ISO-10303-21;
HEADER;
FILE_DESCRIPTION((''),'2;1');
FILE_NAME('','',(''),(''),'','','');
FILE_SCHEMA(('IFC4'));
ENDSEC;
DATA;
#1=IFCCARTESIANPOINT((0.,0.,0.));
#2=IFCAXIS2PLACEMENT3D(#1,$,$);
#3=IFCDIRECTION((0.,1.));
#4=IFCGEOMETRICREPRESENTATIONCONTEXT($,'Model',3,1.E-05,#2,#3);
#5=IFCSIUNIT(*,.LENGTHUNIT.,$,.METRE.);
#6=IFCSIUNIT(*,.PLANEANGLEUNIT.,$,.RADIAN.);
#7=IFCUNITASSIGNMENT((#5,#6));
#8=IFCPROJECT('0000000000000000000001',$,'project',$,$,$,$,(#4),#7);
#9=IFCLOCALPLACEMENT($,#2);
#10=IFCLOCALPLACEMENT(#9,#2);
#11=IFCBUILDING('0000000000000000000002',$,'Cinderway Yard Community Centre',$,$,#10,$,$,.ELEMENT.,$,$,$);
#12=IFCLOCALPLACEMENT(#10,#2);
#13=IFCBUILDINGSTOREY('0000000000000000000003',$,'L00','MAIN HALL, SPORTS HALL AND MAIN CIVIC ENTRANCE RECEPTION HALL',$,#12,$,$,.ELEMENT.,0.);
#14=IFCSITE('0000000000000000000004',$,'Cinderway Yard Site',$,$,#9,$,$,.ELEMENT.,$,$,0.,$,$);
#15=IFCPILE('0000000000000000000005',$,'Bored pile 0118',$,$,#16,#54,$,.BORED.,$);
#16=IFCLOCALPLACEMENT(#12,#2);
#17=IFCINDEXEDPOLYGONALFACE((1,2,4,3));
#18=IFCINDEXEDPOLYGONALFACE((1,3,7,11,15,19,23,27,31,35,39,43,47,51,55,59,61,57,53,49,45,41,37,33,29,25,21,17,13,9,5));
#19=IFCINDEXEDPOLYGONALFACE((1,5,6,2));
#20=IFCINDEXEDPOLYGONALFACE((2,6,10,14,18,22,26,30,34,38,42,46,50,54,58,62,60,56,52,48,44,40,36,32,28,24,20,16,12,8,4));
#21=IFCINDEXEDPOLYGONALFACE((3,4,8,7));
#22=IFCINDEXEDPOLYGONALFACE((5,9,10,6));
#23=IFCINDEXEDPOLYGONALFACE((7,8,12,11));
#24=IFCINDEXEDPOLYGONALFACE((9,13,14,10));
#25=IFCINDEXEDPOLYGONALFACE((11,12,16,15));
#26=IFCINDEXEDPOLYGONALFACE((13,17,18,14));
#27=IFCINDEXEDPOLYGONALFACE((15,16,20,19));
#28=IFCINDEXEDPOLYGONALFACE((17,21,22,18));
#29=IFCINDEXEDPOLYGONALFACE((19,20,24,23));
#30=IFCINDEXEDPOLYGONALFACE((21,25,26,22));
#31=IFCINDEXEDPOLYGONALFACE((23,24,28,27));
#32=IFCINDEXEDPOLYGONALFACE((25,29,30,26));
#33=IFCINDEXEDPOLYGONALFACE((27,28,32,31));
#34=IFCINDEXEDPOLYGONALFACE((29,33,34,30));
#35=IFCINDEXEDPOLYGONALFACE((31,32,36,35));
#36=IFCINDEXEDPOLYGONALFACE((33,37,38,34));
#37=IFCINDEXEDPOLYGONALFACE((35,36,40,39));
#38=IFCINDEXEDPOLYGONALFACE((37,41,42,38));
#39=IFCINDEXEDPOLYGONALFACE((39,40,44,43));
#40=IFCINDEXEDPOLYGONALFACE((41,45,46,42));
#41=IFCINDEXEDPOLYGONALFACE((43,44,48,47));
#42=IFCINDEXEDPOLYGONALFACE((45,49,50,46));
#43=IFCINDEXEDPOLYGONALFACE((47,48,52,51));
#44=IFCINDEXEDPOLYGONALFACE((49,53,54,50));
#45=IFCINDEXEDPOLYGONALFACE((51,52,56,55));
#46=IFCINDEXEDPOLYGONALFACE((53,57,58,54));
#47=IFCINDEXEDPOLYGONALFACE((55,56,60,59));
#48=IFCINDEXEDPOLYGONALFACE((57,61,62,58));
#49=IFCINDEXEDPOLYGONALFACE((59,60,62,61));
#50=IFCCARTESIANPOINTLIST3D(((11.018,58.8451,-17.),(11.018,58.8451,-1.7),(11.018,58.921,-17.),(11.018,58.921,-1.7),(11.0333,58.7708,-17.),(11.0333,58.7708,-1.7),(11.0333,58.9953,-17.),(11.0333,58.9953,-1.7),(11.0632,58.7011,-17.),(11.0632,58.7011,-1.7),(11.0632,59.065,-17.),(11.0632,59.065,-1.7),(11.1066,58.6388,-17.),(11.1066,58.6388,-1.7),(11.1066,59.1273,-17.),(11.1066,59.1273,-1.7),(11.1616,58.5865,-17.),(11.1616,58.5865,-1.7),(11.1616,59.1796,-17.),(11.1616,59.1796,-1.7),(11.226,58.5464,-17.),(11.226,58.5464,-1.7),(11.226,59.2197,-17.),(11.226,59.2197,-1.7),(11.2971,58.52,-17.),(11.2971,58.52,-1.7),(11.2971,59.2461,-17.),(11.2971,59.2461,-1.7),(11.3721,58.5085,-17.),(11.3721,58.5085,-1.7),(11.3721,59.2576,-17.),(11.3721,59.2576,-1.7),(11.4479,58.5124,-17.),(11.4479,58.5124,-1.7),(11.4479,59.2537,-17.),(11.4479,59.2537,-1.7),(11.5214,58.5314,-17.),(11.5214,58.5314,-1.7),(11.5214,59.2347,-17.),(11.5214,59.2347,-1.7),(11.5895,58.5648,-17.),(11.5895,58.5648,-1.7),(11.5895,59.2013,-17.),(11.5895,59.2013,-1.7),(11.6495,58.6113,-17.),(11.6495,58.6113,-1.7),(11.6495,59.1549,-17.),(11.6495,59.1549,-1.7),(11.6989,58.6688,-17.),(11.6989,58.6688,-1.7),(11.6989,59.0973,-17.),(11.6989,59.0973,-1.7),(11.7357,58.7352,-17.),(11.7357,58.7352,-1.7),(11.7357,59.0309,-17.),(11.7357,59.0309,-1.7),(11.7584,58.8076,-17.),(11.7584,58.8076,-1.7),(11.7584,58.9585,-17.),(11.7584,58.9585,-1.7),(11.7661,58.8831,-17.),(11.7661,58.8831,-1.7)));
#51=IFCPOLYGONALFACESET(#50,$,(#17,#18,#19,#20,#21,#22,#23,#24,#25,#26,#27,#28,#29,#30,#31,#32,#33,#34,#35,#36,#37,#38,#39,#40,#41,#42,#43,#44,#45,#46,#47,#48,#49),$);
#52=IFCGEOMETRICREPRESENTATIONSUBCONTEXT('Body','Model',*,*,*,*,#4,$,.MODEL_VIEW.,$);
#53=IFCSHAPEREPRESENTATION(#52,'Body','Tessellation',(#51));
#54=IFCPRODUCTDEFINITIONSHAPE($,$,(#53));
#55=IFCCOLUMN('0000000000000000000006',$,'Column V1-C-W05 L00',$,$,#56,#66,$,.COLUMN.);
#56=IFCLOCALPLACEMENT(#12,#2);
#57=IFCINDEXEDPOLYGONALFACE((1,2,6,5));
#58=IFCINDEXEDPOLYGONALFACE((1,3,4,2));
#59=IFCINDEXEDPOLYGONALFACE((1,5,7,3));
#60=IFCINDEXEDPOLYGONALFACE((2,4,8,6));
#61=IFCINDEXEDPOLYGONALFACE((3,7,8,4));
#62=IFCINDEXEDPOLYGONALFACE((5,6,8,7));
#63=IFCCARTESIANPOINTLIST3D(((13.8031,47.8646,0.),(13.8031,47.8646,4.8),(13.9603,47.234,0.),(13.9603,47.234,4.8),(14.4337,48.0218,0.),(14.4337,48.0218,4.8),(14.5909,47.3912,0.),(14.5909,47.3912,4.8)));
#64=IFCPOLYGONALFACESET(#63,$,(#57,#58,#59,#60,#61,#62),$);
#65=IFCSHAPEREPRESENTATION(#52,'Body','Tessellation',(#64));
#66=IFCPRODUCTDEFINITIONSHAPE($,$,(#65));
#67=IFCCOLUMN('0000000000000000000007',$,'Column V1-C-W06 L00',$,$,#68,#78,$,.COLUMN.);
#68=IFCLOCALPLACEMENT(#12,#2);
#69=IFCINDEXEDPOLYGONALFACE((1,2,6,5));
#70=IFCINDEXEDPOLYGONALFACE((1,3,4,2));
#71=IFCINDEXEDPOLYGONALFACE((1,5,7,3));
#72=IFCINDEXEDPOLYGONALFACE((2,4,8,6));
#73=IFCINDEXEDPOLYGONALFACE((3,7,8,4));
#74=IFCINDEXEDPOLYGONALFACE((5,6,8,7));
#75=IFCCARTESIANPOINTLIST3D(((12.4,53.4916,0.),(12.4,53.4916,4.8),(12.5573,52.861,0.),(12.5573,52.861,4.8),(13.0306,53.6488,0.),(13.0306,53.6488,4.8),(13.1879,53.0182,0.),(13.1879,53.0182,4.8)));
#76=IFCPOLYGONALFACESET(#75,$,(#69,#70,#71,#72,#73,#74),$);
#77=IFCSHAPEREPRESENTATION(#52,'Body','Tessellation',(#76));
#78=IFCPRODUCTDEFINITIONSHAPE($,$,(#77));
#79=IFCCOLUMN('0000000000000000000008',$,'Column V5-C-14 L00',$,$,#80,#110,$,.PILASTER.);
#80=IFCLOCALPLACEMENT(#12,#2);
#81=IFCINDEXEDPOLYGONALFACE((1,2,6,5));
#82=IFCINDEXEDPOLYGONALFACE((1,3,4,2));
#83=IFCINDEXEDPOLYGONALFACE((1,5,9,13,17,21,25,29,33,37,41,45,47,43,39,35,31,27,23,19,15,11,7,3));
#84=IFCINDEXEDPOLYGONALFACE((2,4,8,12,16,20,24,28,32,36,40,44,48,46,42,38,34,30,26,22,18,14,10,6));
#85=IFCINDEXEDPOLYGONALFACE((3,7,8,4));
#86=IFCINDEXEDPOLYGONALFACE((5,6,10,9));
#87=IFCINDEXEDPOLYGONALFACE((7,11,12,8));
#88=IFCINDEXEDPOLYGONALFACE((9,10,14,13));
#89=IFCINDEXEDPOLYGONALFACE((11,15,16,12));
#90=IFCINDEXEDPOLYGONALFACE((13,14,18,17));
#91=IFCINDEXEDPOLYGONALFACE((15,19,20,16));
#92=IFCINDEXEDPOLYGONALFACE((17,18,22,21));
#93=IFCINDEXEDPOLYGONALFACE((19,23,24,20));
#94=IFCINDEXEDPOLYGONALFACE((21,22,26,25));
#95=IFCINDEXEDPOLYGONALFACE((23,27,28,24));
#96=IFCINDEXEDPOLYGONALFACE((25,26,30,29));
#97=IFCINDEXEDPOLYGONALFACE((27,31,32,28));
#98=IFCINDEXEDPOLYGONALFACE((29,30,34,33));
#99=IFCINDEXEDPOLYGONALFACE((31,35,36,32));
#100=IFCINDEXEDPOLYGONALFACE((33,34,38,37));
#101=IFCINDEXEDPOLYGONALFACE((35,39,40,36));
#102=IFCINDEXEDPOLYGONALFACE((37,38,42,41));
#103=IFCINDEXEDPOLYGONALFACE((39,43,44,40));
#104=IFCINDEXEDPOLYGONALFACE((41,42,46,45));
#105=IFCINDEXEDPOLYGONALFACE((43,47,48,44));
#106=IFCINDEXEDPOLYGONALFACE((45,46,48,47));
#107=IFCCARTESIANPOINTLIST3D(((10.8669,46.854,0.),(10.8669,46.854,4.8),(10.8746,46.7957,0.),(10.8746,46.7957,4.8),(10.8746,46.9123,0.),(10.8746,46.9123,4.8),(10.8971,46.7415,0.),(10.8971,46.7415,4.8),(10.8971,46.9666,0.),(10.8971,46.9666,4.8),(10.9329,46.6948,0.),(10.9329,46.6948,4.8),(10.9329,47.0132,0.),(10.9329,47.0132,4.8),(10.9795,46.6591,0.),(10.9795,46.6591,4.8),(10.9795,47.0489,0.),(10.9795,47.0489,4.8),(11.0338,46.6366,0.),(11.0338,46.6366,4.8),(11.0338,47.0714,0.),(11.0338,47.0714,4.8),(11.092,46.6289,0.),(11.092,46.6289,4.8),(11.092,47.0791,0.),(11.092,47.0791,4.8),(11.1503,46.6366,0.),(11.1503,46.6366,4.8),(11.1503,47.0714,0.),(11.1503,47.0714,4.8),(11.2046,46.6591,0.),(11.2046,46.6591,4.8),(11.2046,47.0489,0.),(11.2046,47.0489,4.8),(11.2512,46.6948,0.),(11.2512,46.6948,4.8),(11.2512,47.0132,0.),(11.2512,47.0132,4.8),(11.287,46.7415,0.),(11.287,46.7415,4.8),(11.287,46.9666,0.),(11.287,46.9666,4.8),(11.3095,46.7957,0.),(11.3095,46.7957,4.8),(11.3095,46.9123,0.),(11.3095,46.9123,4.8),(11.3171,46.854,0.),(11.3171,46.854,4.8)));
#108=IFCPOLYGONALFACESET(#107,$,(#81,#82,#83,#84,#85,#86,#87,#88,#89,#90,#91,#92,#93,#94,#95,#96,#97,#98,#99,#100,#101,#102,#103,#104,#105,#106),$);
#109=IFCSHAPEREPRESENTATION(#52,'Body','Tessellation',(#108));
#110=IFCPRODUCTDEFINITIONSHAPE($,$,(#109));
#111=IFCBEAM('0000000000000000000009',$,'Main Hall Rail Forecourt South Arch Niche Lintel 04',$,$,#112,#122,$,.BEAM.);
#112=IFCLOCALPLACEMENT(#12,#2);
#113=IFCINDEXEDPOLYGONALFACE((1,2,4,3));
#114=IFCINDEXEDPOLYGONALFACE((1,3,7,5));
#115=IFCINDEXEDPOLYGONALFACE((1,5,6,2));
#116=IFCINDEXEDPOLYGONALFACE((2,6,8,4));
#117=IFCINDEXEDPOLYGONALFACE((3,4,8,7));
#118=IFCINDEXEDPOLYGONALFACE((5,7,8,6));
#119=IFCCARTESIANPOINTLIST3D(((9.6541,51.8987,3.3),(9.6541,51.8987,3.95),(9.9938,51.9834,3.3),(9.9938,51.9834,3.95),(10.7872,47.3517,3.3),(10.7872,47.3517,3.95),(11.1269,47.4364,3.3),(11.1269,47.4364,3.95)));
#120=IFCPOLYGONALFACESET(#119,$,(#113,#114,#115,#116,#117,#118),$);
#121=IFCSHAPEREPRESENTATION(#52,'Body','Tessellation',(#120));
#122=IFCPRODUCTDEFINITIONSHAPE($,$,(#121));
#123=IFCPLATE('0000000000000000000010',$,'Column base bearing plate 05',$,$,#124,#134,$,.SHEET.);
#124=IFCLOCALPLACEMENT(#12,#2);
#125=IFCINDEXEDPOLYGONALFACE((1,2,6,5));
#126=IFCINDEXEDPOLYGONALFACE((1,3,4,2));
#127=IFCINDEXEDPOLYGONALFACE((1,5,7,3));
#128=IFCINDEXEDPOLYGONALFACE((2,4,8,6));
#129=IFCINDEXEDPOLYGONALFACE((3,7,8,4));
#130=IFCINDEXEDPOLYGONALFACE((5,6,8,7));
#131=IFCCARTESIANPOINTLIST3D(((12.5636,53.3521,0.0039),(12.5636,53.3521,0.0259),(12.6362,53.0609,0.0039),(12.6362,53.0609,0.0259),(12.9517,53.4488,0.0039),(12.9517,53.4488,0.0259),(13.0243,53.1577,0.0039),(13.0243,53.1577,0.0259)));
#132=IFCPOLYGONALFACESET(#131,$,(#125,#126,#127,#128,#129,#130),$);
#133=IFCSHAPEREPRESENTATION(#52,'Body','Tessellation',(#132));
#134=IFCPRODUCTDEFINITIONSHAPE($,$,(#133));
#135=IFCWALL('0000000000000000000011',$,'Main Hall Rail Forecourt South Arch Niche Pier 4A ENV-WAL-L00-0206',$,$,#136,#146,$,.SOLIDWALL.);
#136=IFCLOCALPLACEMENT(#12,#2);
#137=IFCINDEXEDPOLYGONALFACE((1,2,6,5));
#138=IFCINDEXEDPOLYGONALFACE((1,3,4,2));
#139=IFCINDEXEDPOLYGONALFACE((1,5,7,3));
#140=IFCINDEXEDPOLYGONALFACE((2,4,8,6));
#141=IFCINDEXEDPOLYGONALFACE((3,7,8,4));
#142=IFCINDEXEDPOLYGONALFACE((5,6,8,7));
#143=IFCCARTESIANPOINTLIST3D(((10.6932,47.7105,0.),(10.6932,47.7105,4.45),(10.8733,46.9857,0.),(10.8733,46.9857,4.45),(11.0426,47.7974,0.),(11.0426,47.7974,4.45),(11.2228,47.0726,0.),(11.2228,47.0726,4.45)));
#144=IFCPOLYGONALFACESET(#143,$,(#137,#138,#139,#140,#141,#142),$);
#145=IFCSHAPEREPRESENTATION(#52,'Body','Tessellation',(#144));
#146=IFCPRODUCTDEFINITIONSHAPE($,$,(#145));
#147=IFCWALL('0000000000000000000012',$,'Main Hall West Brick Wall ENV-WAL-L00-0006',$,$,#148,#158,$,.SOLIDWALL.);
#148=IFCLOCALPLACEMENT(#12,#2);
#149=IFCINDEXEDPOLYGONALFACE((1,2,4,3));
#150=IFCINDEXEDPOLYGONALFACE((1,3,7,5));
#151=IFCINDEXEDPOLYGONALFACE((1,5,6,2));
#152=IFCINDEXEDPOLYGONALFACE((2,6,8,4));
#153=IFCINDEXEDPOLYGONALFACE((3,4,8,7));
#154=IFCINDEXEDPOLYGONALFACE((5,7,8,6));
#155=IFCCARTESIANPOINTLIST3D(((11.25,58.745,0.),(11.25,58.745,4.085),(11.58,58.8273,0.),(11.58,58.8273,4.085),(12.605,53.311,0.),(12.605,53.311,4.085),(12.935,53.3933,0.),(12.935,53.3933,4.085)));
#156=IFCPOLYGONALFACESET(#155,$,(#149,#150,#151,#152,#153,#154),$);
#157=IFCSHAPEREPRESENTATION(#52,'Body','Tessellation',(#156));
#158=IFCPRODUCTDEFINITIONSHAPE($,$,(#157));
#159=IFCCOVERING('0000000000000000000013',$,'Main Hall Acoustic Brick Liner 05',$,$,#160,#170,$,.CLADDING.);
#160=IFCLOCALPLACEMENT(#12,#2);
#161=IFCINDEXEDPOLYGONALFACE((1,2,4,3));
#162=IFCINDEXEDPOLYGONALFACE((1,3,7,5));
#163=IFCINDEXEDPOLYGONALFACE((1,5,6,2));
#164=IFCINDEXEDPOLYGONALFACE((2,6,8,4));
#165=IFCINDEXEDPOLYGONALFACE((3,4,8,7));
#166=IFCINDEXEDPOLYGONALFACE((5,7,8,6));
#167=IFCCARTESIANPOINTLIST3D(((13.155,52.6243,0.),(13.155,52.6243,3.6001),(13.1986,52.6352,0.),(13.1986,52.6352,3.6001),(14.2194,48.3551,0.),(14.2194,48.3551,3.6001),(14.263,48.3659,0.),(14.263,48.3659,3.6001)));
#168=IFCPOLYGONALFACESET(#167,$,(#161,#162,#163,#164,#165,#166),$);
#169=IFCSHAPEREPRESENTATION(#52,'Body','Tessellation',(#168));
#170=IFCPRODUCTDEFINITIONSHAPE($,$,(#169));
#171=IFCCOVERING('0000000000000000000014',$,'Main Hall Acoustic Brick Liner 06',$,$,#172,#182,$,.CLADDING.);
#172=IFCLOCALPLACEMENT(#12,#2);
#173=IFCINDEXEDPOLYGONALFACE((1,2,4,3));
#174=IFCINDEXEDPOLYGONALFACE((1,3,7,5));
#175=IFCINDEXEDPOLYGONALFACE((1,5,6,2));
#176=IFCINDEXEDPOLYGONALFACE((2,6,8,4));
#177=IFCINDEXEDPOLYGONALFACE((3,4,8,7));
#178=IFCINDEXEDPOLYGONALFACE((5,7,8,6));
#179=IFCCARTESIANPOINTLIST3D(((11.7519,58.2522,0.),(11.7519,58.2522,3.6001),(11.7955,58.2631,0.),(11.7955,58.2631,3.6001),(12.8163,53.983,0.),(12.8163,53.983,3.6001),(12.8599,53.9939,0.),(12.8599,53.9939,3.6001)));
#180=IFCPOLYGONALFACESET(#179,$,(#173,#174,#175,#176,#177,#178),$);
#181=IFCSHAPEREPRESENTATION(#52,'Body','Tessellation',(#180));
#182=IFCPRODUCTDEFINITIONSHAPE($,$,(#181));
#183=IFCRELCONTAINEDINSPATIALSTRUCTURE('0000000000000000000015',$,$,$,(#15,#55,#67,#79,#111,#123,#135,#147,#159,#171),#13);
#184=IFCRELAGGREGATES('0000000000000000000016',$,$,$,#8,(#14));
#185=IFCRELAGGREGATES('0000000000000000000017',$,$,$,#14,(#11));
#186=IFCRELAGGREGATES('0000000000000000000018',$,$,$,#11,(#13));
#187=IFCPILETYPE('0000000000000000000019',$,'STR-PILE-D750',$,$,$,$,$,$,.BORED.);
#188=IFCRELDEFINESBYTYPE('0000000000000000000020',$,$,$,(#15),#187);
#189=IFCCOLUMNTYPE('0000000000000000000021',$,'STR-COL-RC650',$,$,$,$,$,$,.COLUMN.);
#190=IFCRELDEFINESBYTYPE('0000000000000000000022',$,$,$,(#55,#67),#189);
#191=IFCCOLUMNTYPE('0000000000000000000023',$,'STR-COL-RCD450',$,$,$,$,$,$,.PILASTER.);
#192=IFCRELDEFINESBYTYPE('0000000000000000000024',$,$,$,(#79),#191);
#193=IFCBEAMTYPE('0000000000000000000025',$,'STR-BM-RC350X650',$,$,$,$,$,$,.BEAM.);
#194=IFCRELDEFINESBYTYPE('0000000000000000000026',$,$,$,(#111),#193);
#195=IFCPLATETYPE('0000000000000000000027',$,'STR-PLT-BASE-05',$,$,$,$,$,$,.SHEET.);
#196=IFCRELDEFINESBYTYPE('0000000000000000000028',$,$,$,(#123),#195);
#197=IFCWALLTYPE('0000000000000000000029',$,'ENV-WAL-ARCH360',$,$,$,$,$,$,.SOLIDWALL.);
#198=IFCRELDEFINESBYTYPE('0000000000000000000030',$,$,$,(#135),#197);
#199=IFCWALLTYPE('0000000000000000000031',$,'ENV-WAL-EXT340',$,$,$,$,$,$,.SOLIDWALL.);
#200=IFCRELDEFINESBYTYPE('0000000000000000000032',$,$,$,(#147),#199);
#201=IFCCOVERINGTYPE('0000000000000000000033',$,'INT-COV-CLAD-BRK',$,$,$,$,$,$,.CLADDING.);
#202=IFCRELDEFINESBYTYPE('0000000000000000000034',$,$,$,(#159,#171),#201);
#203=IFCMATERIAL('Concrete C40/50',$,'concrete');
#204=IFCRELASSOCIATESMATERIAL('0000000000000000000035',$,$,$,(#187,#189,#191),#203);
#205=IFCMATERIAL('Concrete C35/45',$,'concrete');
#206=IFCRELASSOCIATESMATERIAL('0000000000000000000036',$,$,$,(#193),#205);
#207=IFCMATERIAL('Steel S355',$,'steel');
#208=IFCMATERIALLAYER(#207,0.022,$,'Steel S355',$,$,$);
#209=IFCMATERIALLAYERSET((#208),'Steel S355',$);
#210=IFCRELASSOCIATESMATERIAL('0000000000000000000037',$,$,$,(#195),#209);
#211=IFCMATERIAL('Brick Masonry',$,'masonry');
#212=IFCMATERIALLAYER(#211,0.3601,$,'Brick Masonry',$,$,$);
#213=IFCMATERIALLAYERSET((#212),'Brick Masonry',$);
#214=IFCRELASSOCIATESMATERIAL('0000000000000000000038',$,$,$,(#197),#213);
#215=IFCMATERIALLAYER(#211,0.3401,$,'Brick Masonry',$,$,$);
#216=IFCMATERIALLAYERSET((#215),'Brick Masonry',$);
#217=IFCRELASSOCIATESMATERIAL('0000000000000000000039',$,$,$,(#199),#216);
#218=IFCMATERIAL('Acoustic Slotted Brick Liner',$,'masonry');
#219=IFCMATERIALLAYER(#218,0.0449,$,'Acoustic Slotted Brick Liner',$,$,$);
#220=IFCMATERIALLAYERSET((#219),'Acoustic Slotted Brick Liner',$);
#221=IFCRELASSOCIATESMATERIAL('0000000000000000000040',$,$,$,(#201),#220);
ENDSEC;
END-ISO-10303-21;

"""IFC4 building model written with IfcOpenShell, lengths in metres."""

from ifc_helpers import new_model, si_unit, direction, frame, frame_2d, origin, origin_2d, place, context, subcontext, project, spatial, rectangle, circle, extrude, material, layer, layer_set, material_profile, profile_set, type_object, element, save


model = new_model("IFC4")

# Units and contexts
model_context = context("Model", 3, precision=1e-05, world=origin(), true_north=direction((0.0, 1.0)))
body_context = subcontext(model_context, "Body", "Model", "MODEL_VIEW")
ifc_project = project(units=[si_unit("LENGTHUNIT", "METRE"), si_unit("PLANEANGLEUNIT", "RADIAN")], contexts=[model_context])

# Site, building, storey
site_placement = place(None, origin())
site = spatial("IfcSite", under=ifc_project, at=site_placement, Name="Cinderway Yard Site", CompositionType="ELEMENT", RefElevation=0.0)
building_placement = place(site_placement, origin())
building = spatial("IfcBuilding", under=site, at=building_placement, Name="Cinderway Yard Community Centre", CompositionType="ELEMENT")
storey_placement = place(building_placement, origin())
storey = spatial("IfcBuildingStorey", under=building, at=storey_placement, Name="L00", Description="MAIN HALL, SPORTS HALL AND MAIN CIVIC ENTRANCE RECEPTION HALL", CompositionType="ELEMENT", Elevation=0.0)

# Shared definitions
ifc_material_1 = material(Name="Concrete C40/50", Category="concrete")

# Pile
ifc_material_profile_1 = material_profile(ifc_material_1, circle(Radius=0.375, at=origin_2d()), Name="Concrete C40/50")
ifc_profile_set_1 = profile_set([ifc_material_profile_1], Name="Concrete C40/50")
pile_type_1 = type_object("IfcPileType", Name="STR-PILE-D750", PredefinedType="BORED", material=ifc_profile_set_1)
for number, where, z_axis, x_axis, name in (
    (1, (11.3911, 58.8831, -1.7), (0.0, 0.0, -1.0), (1.0, 0.0, 0.0), "Bored pile 0118"),
):
    element("IfcPile", number, at=place(storey_placement, frame(where, z_axis=z_axis, x_axis=x_axis)), inside=storey, type_object=pile_type_1, Name=name, PredefinedType="BORED", context=body_context, shape_type="SweptSolid", body=[
        extrude(circle(Radius=0.375, at=origin_2d()), origin(), (0.0, 0.0, 1.0), 15.3),
    ])

# Columns
ifc_material_profile_2 = material_profile(ifc_material_1, rectangle(XDim=0.6499, YDim=0.6499, at=origin_2d()), Name="Concrete C40/50")
ifc_profile_set_2 = profile_set([ifc_material_profile_2], Name="Concrete C40/50")
column_type_1 = type_object("IfcColumnType", Name="STR-COL-RC650", PredefinedType="COLUMN", material=ifc_profile_set_2)
for number, where, z_axis, x_axis, name in (
    (2, (14.197, 47.6279, 0.0), (0.0, 0.0, 1.0), (0.970296, 0.241922, 0.0), "Column V1-C-W05 L00"),
    (3, (12.7939, 53.2549, 0.0), (0.0, 0.0, 1.0), (0.970296, 0.241922, 0.0), "Column V1-C-W06 L00"),
):
    element("IfcColumn", number, at=place(storey_placement, frame(where, z_axis=z_axis, x_axis=x_axis)), inside=storey, type_object=column_type_1, Name=name, PredefinedType="COLUMN", context=body_context, shape_type="SweptSolid", body=[
        extrude(rectangle(XDim=0.6499, YDim=0.6499, at=origin_2d()), origin(), (0.0, 0.0, 1.0), 4.8),
    ])
ifc_material_profile_3 = material_profile(ifc_material_1, circle(Radius=0.2251, at=origin_2d()), Name="Concrete C40/50")
ifc_profile_set_3 = profile_set([ifc_material_profile_3], Name="Concrete C40/50")
column_type_2 = type_object("IfcColumnType", Name="STR-COL-RCD450", PredefinedType="PILASTER", material=ifc_profile_set_3)
column_placement = place(storey_placement, frame((11.092, 46.854, 0.0), z_axis=(0.0, 0.0, 1.0), x_axis=(1.0, 0.0, 0.0)))
element("IfcColumn", 4, at=column_placement, inside=storey, type_object=column_type_2, Name="Column V5-C-14 L00", PredefinedType="PILASTER", context=body_context, shape_type="SweptSolid", body=[
    extrude(circle(Radius=0.2251, at=origin_2d()), origin(), (0.0, 0.0, 1.0), 4.8),
])

# Beam
ifc_material_2 = material(Name="Concrete C35/45", Category="concrete")
ifc_material_profile_4 = material_profile(ifc_material_2, rectangle(XDim=0.3501, YDim=0.6499, at=origin_2d()), Name="Concrete C35/45")
ifc_profile_set_4 = profile_set([ifc_material_profile_4], Name="Concrete C35/45")
beam_type = type_object("IfcBeamType", Name="STR-BM-RC350X650", PredefinedType="BEAM", material=ifc_profile_set_4)
beam_placement = place(storey_placement, frame((10.957, 47.394, 3.625), z_axis=(-0.2418, 0.970326, 0.0), x_axis=(-0.970326, -0.2418, 0.0)))
element("IfcBeam", 5, at=beam_placement, inside=storey, type_object=beam_type, Name="Main Hall Rail Forecourt South Arch Niche Lintel 04", PredefinedType="BEAM", context=body_context, shape_type="SweptSolid", body=[
    extrude(rectangle(XDim=0.3501, YDim=0.6499, at=origin_2d()), origin(), (0.0, 0.0, 1.0), 4.686),
])

# Plate
ifc_material_3 = material(Name="Steel S355", Category="steel")
ifc_layer_1 = layer(ifc_material_3, 0.022, Name="Steel S355")
ifc_layer_set_1 = layer_set([ifc_layer_1], Name="Steel S355")
plate_type = type_object("IfcPlateType", Name="STR-PLT-BASE-05", PredefinedType="SHEET", material=ifc_layer_set_1)
plate_placement = place(storey_placement, frame((12.7939, 53.2549, 0.0039), z_axis=(0.0, 0.0, 1.0), x_axis=(0.970296, 0.241922, 0.0)))
element("IfcPlate", 6, at=plate_placement, inside=storey, type_object=plate_type, Name="Column base bearing plate 05", PredefinedType="SHEET", context=body_context, shape_type="SweptSolid", body=[
    extrude(rectangle(XDim=0.3999, YDim=0.3, at=origin_2d()), origin(), (0.0, 0.0, 1.0), 0.022),
])

# Wall
ifc_material_4 = material(Name="Brick Masonry", Category="masonry")
ifc_layer_2 = layer(ifc_material_4, 0.3601, Name="Brick Masonry")
ifc_layer_set_2 = layer_set([ifc_layer_2], Name="Brick Masonry")
wall_type_1 = type_object("IfcWallType", Name="ENV-WAL-ARCH360", PredefinedType="SOLIDWALL", material=ifc_layer_set_2)
wall_1_placement = place(storey_placement, frame((11.0481, 47.0291, 0.0), z_axis=(0.0, 0.0, 1.0), x_axis=(-0.241228, 0.970468, 0.0)))
element("IfcWall", 7, at=wall_1_placement, inside=storey, type_object=wall_type_1, Name="Main Hall Rail Forecourt South Arch Niche Pier 4A ENV-WAL-L00-0206", PredefinedType="SOLIDWALL", context=body_context, shape_type="SweptSolid", body=[
    extrude(rectangle(XDim=0.7468, YDim=0.3601, at=frame_2d((0.3735, 0.0))), origin(), (0.0, 0.0, 1.0), 4.45),
])

# Shared definitions
ifc_layer_3 = layer(ifc_material_4, 0.3401, Name="Brick Masonry")
ifc_layer_set_3 = layer_set([ifc_layer_3], Name="Brick Masonry")
wall_type_2 = type_object("IfcWallType", Name="ENV-WAL-EXT340", PredefinedType="SOLIDWALL", material=ifc_layer_set_3)

# Wall
wall_2_placement = place(storey_placement, frame((12.77, 53.3521, 0.0), z_axis=(0.0, 0.0, 1.0), x_axis=(-0.241951, 0.970288, 0.0)))
element("IfcWall", 8, at=wall_2_placement, inside=storey, type_object=wall_type_2, Name="Main Hall West Brick Wall ENV-WAL-L00-0006", PredefinedType="SOLIDWALL", context=body_context, shape_type="SweptSolid", body=[
    extrude(rectangle(XDim=5.6003, YDim=0.3401, at=frame_2d((2.8003, 0.0))), origin(), (0.0, 0.0, 1.0), 4.085),
])

# Coverings
ifc_material_5 = material(Name="Acoustic Slotted Brick Liner", Category="masonry")
ifc_layer_4 = layer(ifc_material_5, 0.0449, Name="Acoustic Slotted Brick Liner")
ifc_layer_set_4 = layer_set([ifc_layer_4], Name="Acoustic Slotted Brick Liner")
covering_type = type_object("IfcCoveringType", Name="INT-COV-CLAD-BRK", PredefinedType="CLADDING", material=ifc_layer_set_4)
for number, where, z_axis, x_axis, name in (
    (9, (13.709, 50.4951, 0.0), (0.0, 0.0, 1.0), (0.970296, 0.241922, 0.0), "Main Hall Acoustic Brick Liner 05"),
    (10, (12.3059, 56.123, 0.0), (0.0, 0.0, 1.0), (0.970296, 0.241922, 0.0), "Main Hall Acoustic Brick Liner 06"),
):
    element("IfcCovering", number, at=place(storey_placement, frame(where, z_axis=z_axis, x_axis=x_axis)), inside=storey, type_object=covering_type, Name=name, PredefinedType="CLADDING", context=body_context, shape_type="SweptSolid", body=[
        extrude(rectangle(XDim=0.0449, YDim=4.3999, at=origin_2d()), origin(), (0.0, 0.0, 1.0), 3.6001),
    ])

save(model, "model.ifc")
